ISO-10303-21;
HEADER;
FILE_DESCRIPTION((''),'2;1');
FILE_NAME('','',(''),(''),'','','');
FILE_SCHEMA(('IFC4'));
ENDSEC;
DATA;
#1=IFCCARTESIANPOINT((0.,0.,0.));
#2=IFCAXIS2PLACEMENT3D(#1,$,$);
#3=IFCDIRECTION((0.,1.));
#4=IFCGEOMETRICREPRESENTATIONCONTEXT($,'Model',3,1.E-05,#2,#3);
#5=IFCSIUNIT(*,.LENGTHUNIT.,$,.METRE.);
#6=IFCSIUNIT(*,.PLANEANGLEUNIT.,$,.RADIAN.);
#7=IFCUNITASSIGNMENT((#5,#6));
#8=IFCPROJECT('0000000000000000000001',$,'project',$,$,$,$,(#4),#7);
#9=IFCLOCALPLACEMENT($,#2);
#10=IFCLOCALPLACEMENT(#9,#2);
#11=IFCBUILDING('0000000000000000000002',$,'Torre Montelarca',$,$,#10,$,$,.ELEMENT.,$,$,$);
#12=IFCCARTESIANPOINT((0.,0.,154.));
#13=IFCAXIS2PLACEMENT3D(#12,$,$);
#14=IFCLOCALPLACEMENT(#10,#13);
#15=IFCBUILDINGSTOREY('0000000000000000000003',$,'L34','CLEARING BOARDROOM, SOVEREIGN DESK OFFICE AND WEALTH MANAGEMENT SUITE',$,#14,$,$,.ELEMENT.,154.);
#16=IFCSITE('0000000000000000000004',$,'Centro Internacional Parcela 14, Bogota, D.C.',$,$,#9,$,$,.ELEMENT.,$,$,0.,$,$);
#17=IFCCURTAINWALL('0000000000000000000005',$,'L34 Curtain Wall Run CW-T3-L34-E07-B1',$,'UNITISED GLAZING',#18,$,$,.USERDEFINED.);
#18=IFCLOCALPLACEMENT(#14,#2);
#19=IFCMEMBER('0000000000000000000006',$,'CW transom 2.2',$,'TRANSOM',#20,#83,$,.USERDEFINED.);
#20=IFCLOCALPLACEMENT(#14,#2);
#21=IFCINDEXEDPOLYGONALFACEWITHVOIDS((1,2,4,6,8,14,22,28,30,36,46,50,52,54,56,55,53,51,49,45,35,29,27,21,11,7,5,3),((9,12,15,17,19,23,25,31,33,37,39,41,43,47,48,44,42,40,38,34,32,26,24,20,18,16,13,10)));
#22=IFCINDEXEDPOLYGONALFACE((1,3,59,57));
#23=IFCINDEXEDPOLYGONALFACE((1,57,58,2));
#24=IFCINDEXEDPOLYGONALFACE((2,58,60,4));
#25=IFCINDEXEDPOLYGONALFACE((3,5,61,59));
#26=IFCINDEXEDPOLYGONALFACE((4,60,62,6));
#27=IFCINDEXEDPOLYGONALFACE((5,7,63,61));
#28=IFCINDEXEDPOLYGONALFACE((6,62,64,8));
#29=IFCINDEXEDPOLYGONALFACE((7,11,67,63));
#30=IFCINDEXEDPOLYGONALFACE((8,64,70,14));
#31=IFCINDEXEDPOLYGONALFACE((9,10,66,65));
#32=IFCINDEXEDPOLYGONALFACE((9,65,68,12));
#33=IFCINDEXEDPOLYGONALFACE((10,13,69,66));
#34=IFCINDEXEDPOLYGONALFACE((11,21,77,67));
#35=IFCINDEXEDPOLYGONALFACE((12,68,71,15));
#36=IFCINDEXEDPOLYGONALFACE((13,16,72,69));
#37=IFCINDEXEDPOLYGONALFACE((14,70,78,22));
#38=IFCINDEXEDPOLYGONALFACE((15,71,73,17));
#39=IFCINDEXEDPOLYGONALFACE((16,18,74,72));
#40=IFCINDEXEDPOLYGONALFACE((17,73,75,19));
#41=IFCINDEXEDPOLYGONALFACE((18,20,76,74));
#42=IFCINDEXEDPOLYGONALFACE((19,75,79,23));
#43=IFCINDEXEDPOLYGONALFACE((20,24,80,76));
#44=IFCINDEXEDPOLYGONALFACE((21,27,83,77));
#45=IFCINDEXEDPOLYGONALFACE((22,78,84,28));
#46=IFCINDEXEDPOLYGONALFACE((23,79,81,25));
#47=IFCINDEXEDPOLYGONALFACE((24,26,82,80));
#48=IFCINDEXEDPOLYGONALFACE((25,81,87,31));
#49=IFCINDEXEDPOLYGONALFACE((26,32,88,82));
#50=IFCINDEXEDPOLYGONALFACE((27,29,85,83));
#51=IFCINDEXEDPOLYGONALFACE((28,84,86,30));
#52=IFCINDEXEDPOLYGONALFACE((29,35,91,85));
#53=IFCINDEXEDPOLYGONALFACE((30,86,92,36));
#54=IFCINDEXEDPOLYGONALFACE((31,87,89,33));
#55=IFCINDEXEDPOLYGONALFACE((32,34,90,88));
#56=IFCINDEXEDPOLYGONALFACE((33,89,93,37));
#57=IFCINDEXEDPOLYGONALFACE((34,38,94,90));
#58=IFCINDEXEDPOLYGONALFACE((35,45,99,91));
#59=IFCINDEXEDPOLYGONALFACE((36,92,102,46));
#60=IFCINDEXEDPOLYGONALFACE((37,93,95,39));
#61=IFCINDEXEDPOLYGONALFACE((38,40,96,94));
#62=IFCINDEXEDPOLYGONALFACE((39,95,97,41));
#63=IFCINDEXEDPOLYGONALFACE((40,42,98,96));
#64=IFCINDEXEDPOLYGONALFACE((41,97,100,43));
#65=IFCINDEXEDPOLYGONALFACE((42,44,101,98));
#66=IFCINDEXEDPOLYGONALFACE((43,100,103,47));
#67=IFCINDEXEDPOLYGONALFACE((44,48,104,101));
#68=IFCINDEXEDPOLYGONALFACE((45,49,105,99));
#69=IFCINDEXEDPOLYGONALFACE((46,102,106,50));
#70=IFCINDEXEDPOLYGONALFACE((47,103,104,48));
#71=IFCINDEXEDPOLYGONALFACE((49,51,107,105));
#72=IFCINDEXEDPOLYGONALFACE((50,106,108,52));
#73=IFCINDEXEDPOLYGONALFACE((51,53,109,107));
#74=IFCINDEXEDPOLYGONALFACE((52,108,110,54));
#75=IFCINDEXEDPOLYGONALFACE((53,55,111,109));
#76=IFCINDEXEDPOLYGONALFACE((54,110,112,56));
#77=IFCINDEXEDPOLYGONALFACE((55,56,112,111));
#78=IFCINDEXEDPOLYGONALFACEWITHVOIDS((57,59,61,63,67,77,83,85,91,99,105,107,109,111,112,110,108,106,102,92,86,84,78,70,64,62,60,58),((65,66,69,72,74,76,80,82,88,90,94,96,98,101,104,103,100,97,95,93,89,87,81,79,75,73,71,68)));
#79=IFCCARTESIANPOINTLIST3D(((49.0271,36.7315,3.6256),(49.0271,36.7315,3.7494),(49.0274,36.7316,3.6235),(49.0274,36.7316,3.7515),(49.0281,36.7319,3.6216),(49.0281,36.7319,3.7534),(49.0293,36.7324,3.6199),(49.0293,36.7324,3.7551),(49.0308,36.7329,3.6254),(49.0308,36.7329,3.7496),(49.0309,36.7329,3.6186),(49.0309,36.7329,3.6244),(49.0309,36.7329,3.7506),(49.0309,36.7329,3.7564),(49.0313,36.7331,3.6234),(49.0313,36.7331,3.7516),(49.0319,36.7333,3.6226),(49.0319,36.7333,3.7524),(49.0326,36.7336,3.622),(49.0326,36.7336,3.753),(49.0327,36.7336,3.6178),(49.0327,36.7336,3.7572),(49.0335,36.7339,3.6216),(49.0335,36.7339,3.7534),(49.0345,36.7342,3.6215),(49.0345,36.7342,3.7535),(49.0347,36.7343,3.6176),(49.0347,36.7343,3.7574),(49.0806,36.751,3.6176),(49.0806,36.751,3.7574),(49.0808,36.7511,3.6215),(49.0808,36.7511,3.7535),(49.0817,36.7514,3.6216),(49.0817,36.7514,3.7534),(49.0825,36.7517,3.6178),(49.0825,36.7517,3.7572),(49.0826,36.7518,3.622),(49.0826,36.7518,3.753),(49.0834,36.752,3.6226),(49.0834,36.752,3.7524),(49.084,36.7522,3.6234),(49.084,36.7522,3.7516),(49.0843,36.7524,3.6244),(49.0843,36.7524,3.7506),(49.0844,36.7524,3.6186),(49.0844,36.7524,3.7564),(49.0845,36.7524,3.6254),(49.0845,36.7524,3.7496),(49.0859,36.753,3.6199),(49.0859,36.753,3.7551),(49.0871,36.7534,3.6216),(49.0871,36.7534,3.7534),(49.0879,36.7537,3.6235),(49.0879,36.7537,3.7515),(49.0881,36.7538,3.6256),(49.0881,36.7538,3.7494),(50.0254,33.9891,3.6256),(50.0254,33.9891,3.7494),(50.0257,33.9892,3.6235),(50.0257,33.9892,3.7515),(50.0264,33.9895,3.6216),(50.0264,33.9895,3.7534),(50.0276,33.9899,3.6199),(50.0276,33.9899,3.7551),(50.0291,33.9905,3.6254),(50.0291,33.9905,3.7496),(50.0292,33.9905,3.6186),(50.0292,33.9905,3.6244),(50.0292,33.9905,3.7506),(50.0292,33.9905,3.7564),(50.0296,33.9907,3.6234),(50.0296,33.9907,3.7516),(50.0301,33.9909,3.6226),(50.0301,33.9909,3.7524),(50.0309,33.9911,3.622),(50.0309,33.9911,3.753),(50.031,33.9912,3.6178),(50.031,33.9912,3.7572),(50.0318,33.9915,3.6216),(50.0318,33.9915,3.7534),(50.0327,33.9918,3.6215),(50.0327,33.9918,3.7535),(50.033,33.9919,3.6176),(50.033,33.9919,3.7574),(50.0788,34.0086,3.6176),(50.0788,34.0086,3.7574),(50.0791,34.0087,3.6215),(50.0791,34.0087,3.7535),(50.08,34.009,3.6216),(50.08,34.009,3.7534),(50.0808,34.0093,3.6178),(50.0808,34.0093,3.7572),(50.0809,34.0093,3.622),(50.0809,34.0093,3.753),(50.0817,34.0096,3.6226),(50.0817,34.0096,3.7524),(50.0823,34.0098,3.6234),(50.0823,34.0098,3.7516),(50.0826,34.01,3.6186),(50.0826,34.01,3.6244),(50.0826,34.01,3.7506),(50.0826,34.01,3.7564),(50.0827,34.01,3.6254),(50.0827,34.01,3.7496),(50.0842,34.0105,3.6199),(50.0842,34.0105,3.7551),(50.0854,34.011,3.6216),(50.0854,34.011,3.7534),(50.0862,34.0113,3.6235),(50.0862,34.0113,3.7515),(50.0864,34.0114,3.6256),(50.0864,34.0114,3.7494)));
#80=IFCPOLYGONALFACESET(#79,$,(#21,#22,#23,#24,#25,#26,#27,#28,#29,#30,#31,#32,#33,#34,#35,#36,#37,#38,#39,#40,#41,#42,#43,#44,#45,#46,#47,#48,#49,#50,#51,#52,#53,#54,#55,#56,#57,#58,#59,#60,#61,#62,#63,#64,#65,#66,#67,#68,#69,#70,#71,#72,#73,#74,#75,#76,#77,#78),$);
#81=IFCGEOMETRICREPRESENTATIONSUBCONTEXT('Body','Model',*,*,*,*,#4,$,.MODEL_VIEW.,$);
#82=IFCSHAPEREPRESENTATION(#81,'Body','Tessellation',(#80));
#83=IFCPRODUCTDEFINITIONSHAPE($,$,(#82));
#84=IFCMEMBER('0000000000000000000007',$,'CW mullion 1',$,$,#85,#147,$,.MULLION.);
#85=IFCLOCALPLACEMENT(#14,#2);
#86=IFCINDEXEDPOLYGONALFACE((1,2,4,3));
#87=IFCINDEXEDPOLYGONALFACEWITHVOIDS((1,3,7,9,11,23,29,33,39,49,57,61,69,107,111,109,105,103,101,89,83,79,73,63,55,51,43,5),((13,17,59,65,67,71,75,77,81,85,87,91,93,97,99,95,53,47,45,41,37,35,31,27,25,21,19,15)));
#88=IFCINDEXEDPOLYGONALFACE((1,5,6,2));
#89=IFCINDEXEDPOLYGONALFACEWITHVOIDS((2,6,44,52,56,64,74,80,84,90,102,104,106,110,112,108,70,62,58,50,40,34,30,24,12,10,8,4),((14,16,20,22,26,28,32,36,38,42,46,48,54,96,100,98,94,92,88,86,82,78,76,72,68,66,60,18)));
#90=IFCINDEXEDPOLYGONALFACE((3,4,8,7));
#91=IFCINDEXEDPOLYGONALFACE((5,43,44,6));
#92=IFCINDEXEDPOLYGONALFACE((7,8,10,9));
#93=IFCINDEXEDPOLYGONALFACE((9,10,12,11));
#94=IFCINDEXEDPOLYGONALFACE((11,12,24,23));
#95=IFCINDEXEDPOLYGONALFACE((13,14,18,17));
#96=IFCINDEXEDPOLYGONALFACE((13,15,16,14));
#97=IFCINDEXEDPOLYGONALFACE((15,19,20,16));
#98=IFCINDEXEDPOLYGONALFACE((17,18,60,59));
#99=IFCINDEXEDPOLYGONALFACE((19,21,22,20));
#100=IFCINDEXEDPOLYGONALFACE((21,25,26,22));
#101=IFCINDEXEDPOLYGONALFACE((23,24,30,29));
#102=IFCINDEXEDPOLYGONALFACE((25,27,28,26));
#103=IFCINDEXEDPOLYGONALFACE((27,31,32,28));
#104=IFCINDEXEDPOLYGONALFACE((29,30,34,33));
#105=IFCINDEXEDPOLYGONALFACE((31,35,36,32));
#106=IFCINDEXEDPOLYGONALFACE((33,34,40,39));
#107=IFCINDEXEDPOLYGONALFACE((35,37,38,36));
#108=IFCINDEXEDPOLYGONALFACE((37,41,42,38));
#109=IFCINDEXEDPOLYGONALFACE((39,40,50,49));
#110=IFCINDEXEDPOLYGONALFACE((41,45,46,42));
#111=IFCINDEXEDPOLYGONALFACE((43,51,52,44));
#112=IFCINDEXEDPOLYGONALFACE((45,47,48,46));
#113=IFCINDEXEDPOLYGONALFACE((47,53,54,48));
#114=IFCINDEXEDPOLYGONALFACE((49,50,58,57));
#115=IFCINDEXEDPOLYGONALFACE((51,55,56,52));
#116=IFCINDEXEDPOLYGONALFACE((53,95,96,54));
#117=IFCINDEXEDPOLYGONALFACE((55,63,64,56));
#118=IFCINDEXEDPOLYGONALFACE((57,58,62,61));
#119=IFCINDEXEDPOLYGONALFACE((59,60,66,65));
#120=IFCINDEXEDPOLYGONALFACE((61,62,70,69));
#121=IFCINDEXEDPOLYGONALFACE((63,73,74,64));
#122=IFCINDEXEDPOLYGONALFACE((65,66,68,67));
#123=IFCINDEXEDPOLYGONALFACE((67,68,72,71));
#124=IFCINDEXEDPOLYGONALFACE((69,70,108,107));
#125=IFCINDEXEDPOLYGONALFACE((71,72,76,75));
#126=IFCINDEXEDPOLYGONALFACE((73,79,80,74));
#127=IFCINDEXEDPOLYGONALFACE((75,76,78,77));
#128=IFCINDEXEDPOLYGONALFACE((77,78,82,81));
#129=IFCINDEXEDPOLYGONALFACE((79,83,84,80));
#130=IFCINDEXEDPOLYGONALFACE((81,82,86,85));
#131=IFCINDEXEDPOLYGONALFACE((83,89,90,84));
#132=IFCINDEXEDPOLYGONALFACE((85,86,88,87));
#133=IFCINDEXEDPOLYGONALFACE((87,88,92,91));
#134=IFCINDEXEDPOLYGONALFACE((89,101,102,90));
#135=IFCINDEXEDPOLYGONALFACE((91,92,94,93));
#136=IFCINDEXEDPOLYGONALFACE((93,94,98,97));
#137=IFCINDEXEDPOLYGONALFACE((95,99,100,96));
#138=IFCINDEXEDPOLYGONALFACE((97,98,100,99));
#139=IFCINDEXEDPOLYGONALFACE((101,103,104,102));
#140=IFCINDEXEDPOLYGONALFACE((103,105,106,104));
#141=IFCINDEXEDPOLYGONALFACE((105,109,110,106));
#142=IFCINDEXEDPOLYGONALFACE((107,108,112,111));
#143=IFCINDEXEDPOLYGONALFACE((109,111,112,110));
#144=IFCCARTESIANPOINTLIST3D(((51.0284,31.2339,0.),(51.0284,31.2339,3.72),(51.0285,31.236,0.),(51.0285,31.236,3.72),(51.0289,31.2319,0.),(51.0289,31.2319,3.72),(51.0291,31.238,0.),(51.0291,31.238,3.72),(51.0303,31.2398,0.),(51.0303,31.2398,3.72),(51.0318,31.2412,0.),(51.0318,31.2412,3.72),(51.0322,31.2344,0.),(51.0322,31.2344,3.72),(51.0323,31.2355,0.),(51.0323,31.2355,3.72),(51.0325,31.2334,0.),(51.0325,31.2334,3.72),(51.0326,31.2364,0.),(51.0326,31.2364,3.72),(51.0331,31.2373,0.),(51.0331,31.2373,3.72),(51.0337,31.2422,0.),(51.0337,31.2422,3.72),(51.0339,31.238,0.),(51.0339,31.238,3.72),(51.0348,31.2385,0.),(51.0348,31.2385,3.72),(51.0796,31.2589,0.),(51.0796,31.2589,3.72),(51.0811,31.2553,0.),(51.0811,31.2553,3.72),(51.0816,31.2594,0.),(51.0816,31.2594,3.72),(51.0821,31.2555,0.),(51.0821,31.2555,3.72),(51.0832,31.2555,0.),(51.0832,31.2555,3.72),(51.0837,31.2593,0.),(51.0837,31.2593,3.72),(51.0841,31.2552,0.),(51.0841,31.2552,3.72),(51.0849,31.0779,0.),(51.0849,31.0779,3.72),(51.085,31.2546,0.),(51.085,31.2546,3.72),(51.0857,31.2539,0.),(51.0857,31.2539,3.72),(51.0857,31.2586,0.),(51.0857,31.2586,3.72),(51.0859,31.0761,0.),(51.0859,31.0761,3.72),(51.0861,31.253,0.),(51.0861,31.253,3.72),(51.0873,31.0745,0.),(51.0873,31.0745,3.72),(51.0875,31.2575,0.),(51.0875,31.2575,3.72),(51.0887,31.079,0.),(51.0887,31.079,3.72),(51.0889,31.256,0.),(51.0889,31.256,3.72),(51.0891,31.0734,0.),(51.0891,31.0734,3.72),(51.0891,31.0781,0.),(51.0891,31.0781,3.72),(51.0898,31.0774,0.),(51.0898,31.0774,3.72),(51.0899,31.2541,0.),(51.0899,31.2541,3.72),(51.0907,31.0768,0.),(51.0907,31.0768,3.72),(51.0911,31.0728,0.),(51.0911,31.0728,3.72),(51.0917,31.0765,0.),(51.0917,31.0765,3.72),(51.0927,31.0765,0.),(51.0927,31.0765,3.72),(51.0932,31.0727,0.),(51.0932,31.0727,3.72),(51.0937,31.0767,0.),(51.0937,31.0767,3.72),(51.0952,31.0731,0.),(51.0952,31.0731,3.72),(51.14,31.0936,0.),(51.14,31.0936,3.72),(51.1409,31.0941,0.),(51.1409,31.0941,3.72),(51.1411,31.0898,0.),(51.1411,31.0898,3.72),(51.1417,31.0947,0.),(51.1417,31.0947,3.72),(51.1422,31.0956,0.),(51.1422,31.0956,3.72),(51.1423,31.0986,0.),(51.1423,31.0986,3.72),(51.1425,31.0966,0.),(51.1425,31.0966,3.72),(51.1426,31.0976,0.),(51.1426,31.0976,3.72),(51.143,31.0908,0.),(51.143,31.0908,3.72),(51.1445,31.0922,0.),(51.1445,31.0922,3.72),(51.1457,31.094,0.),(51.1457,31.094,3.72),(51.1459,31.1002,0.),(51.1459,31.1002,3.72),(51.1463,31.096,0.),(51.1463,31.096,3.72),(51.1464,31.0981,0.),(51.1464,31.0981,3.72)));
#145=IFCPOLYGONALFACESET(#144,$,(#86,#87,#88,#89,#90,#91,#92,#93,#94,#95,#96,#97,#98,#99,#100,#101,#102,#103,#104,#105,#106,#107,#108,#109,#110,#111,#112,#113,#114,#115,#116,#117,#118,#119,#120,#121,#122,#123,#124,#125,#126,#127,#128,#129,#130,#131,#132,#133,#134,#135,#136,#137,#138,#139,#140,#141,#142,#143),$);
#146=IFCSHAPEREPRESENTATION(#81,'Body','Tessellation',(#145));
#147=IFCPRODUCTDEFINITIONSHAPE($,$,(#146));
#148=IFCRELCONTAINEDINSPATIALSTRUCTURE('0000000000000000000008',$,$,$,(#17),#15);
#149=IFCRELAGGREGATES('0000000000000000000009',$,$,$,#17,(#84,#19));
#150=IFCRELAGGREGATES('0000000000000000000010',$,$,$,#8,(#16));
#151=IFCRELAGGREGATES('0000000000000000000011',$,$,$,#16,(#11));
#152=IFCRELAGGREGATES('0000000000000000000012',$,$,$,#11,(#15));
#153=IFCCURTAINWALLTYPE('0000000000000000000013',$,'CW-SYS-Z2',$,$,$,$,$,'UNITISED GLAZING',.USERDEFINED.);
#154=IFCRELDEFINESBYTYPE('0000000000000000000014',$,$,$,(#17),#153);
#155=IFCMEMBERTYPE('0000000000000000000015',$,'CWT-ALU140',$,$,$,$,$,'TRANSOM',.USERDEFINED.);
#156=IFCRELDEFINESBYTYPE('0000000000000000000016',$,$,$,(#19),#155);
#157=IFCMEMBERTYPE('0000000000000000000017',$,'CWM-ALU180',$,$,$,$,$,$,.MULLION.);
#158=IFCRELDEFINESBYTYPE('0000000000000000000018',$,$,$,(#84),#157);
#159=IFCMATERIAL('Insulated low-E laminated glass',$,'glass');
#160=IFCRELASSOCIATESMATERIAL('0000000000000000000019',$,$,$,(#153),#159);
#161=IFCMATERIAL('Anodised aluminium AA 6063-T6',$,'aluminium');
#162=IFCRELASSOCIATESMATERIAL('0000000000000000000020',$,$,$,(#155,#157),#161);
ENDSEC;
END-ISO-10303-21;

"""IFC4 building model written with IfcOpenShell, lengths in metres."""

from ifc_helpers import new_model, si_unit, direction, frame, origin, origin_2d, place, context, subcontext, project, spatial, hollow_rectangle, extrude, source, transform, mapped, material, material_profile, profile_set, type_object, element, aggregate, save


model = new_model("IFC4")

# Units and contexts
model_context = context("Model", 3, precision=1e-05, world=origin(), true_north=direction((0.0, 1.0)))
body_context = subcontext(model_context, "Body", "Model", "MODEL_VIEW")
ifc_project = project(units=[si_unit("LENGTHUNIT", "METRE"), si_unit("PLANEANGLEUNIT", "RADIAN")], contexts=[model_context])

# Site, building, storey
site_placement = place(None, origin())
site = spatial("IfcSite", under=ifc_project, at=site_placement, Name="Centro Internacional Parcela 14, Bogota, D.C.", CompositionType="ELEMENT", RefElevation=0.0)
building_placement = place(site_placement, origin())
building = spatial("IfcBuilding", under=site, at=building_placement, Name="Torre Montelarca", CompositionType="ELEMENT")
storey_placement = place(building_placement, frame((0.0, 0.0, 154.0)))
storey = spatial("IfcBuildingStorey", under=building, at=storey_placement, Name="L34", Description="CLEARING BOARDROOM, SOVEREIGN DESK OFFICE AND WEALTH MANAGEMENT SUITE", CompositionType="ELEMENT", Elevation=154.0)

# Curtain wall, members
ifc_material_1 = material(Name="Insulated low-E laminated glass", Category="glass")
curtain_wall_type = type_object("IfcCurtainWallType", Name="CW-SYS-Z2", ElementType="UNITISED GLAZING", PredefinedType="USERDEFINED", material=ifc_material_1)
curtain_wall_1_placement = place(storey_placement, origin())
curtain_wall_1 = element("IfcCurtainWall", 1, at=curtain_wall_1_placement, inside=storey, type_object=curtain_wall_type, Name="L34 Curtain Wall Run CW-T3-L34-E07-B1", ObjectType="UNITISED GLAZING", PredefinedType="USERDEFINED")
ifc_material_2 = material(Name="Anodised aluminium AA 6063-T6", Category="aluminium")
ifc_material_profile_1 = material_profile(ifc_material_2, hollow_rectangle(XDim=0.0649, YDim=0.1399, WallThickness=0.0039, InnerFilletRadius=0.0039, OuterFilletRadius=0.0081, at=origin_2d()), Name="ALU65X140X4", Category="aluminium")
ifc_profile_set_1 = profile_set([ifc_material_profile_1], Name="Anodised aluminium AA 6063-T6")
member_type_1 = type_object("IfcMemberType", Name="CWT-ALU140", ElementType="TRANSOM", PredefinedType="USERDEFINED", material=ifc_profile_set_1)
shared_shape_1 = source(origin(), body_context, "Body", "SweptSolid", [
    extrude(hollow_rectangle(XDim=0.0649, YDim=0.1399, WallThickness=0.0039, InnerFilletRadius=0.0039, OuterFilletRadius=0.0081, at=origin_2d()), origin(), (0.0, 0.0, 1.0), 2.9185),
])
member_1_placement = place(storey_placement, frame((50.0559, 34.0002, 3.6875), z_axis=(-0.342059, 0.939679, 0.0), x_axis=(-0.939679, -0.342059, 0.0)))
member_1 = element("IfcMember", 2, at=member_1_placement, type_object=member_type_1, Name="CW transom 2.2", ObjectType="TRANSOM", PredefinedType="USERDEFINED", context=body_context, shape_type="MappedRepresentation", body=[
    mapped(shared_shape_1, transform((0.0, 0.0, 0.0), scale=1.0)),
])
ifc_material_profile_2 = material_profile(ifc_material_2, hollow_rectangle(XDim=0.0649, YDim=0.1799, WallThickness=0.0039, InnerFilletRadius=0.0039, OuterFilletRadius=0.0081, at=origin_2d()), Name="ALU65X180X4", Category="aluminium")
ifc_profile_set_2 = profile_set([ifc_material_profile_2], Name="Anodised aluminium AA 6063-T6")
member_type_2 = type_object("IfcMemberType", Name="CWM-ALU180", PredefinedType="MULLION", material=ifc_profile_set_2)
shared_shape_2 = source(origin(), body_context, "Body", "SweptSolid", [
    extrude(hollow_rectangle(XDim=0.0649, YDim=0.1799, WallThickness=0.0039, InnerFilletRadius=0.0039, OuterFilletRadius=0.0081, at=origin_2d()), origin(), (0.0, 0.0, 1.0), 3.72),
])
member_2_placement = place(storey_placement, frame((51.0874, 31.166, 0.0), z_axis=(0.0, 0.0, 1.0), x_axis=(-0.939692, -0.342021, 0.0)))
member_2 = element("IfcMember", 3, at=member_2_placement, type_object=member_type_2, Name="CW mullion 1", PredefinedType="MULLION", context=body_context, shape_type="MappedRepresentation", body=[
    mapped(shared_shape_2, transform((0.0, 0.0, 0.0), scale=1.0)),
])

aggregate(curtain_wall_1, [member_2, member_1])

save(model, "model.ifc")
